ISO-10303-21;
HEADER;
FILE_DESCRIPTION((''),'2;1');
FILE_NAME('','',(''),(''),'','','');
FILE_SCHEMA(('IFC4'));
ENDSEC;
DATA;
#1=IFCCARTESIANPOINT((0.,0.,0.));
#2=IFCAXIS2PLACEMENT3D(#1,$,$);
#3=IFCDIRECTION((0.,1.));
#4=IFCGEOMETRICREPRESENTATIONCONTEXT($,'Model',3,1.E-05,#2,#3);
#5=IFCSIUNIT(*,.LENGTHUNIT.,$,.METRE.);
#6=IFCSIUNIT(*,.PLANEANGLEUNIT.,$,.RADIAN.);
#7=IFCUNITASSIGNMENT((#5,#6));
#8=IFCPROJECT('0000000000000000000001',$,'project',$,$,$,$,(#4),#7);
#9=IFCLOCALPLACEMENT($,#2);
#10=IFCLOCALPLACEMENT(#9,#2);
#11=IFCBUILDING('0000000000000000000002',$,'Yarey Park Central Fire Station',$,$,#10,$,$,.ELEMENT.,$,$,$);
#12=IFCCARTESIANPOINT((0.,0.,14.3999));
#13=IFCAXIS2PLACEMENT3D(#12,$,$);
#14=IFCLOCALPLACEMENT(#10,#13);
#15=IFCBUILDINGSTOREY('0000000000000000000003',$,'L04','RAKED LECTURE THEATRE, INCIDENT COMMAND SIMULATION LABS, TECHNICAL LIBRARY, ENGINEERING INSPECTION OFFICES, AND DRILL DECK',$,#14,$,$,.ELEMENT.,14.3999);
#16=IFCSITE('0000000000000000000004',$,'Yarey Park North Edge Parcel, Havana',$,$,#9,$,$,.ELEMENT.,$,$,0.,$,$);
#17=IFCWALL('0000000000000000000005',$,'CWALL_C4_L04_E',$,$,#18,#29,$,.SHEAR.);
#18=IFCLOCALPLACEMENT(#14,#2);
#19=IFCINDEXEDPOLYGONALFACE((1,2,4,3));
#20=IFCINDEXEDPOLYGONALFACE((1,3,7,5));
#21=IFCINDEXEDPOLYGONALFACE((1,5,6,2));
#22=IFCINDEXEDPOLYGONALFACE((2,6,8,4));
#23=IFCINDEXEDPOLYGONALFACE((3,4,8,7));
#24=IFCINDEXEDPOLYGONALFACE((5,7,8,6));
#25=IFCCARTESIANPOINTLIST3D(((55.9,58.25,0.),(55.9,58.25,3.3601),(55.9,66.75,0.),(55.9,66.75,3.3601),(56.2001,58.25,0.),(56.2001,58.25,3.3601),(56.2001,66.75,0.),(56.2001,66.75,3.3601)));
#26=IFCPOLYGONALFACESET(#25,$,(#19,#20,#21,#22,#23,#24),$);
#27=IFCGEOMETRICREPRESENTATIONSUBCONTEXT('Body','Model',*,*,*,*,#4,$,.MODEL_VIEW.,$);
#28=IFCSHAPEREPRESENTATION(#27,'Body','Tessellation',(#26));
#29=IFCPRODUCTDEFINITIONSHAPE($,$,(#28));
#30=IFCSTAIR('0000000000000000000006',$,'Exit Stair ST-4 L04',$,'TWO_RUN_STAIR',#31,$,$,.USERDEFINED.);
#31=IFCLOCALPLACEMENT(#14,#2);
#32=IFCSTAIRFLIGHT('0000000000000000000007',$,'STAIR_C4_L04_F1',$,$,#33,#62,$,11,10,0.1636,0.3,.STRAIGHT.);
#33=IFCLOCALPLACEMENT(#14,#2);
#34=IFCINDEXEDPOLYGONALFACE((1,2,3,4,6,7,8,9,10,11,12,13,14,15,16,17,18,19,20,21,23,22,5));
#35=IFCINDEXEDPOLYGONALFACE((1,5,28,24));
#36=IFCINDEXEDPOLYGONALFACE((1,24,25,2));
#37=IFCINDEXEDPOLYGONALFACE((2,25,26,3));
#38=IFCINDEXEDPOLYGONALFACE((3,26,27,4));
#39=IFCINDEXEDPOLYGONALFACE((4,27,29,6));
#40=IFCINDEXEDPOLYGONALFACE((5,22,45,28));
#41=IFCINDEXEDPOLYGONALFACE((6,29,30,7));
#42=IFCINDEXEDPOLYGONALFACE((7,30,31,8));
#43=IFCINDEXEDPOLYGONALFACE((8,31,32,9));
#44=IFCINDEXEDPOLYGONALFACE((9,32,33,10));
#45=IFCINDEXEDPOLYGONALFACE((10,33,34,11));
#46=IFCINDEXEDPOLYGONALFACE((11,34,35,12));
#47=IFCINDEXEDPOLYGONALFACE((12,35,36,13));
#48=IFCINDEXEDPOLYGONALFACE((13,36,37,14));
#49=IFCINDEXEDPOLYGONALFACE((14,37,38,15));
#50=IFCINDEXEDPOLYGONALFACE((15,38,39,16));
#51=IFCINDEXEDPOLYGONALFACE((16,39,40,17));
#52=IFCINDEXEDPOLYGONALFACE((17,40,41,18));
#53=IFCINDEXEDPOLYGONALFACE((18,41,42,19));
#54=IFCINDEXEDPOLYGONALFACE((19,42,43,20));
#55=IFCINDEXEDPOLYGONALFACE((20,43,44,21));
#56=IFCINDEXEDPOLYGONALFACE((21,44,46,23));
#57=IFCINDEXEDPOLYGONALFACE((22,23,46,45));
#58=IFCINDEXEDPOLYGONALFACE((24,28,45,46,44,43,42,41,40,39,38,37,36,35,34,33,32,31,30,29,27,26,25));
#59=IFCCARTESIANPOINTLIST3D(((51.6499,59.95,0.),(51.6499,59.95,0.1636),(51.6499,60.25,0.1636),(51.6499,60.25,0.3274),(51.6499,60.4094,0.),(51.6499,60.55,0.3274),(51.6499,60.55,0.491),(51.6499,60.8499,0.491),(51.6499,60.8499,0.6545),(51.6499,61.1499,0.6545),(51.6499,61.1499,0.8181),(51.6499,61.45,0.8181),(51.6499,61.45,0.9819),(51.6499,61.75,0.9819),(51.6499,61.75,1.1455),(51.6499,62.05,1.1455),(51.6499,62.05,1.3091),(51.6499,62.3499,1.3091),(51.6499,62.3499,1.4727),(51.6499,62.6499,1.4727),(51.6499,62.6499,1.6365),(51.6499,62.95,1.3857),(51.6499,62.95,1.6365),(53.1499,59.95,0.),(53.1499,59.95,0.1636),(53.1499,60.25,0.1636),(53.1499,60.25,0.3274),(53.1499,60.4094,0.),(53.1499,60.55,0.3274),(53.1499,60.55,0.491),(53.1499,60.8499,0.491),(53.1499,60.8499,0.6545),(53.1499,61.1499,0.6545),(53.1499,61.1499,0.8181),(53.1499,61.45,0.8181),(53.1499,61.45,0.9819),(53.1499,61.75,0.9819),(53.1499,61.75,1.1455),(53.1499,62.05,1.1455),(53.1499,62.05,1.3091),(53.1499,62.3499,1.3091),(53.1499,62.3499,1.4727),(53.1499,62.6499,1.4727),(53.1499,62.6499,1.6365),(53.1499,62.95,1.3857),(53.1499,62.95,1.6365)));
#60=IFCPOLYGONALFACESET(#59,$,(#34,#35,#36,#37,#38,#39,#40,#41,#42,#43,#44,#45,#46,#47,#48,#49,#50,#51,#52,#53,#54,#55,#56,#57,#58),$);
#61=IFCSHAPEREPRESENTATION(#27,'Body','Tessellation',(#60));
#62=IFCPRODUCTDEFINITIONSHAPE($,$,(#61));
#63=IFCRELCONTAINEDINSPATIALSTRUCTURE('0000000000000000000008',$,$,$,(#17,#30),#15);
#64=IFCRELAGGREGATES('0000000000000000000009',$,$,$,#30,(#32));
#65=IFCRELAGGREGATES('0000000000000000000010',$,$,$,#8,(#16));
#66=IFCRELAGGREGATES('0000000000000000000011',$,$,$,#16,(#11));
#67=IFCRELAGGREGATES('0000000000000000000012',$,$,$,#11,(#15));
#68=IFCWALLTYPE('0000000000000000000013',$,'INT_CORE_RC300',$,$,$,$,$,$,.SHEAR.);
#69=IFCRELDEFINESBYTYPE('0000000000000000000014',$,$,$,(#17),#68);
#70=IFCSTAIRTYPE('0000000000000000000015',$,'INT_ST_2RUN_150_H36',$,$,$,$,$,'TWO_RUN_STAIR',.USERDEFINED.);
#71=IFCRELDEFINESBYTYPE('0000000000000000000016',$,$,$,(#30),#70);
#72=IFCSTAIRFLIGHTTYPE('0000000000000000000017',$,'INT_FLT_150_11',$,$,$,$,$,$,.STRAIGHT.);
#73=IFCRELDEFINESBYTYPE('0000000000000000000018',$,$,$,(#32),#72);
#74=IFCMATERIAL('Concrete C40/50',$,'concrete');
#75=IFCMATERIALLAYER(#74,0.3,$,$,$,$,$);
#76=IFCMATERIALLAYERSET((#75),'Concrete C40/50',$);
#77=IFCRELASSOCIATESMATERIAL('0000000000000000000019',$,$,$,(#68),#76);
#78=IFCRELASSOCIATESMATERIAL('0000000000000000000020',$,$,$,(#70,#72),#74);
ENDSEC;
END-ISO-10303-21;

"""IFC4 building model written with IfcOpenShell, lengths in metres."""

from ifc_helpers import new_model, si_unit, direction, frame, frame_2d, origin, place, context, subcontext, project, spatial, polyline, rectangle, outline, extrude, material, layer, layer_set, type_object, element, aggregate, save


model = new_model("IFC4")

# Units and contexts
model_context = context("Model", 3, precision=1e-05, world=origin(), true_north=direction((0.0, 1.0)))
body_context = subcontext(model_context, "Body", "Model", "MODEL_VIEW")
ifc_project = project(units=[si_unit("LENGTHUNIT", "METRE"), si_unit("PLANEANGLEUNIT", "RADIAN")], contexts=[model_context])

# Site, building, storey
site_placement = place(None, origin())
site = spatial("IfcSite", under=ifc_project, at=site_placement, Name="Yarey Park North Edge Parcel, Havana", CompositionType="ELEMENT", RefElevation=0.0)
building_placement = place(site_placement, origin())
building = spatial("IfcBuilding", under=site, at=building_placement, Name="Yarey Park Central Fire Station", CompositionType="ELEMENT")
storey_placement = place(building_placement, frame((0.0, 0.0, 14.3999)))
storey = spatial("IfcBuildingStorey", under=building, at=storey_placement, Name="L04", Description="RAKED LECTURE THEATRE, INCIDENT COMMAND SIMULATION LABS, TECHNICAL LIBRARY, ENGINEERING INSPECTION OFFICES, AND DRILL DECK", CompositionType="ELEMENT", Elevation=14.3999)

# Wall
ifc_material_1 = material(Name="Concrete C40/50", Category="concrete")
ifc_layer = layer(ifc_material_1, 0.3)
ifc_layer_set = layer_set([ifc_layer], Name="Concrete C40/50")
wall_type = type_object("IfcWallType", Name="INT_CORE_RC300", PredefinedType="SHEAR", material=ifc_layer_set)
wall_placement = place(storey_placement, frame((56.05, 58.25, 0.0), z_axis=(0.0, 0.0, 1.0), x_axis=(0.0, 1.0, 0.0)))
element("IfcWall", 1, at=wall_placement, inside=storey, type_object=wall_type, Name="CWALL_C4_L04_E", PredefinedType="SHEAR", context=body_context, shape_type="SweptSolid", body=[
    extrude(rectangle(XDim=8.5, YDim=0.3, at=frame_2d((4.25, 0.0))), origin(), (0.0, 0.0, 1.0), 3.3601),
])

# Stair, stair flight
stair_type = type_object("IfcStairType", Name="INT_ST_2RUN_150_H36", ElementType="TWO_RUN_STAIR", PredefinedType="USERDEFINED", material=ifc_material_1)
stair_placement = place(storey_placement, origin())
stair = element("IfcStair", 2, at=stair_placement, inside=storey, type_object=stair_type, Name="Exit Stair ST-4 L04", ObjectType="TWO_RUN_STAIR", PredefinedType="USERDEFINED")
stair_flight_type = type_object("IfcStairFlightType", Name="INT_FLT_150_11", PredefinedType="STRAIGHT", material=ifc_material_1)
stair_flight_placement = place(storey_placement, frame((52.3999, 59.95, 0.0), z_axis=(0.0, 0.0, 1.0), x_axis=(0.0, 1.0, 0.0)))
stair_flight = element("IfcStairFlight", 3, at=stair_flight_placement, type_object=stair_flight_type, Name="STAIR_C4_L04_F1", NumberOfRisers=11, NumberOfTreads=10, PredefinedType="STRAIGHT", RiserHeight=0.1636, TreadLength=0.3, context=body_context, shape_type="SweptSolid", body=[
    extrude(outline(polyline([(0.0, 0.0), (0.0, 0.1636), (0.3, 0.1636), (0.3, 0.3274), (0.6001, 0.3274), (0.6001, 0.491), (0.8999, 0.491), (0.8999, 0.6545), (1.2, 0.6545), (1.2, 0.8181), (1.5, 0.8181), (1.5, 0.9819), (1.8, 0.9819), (1.8, 1.1455), (2.1001, 1.1455), (2.1001, 1.3091), (2.3999, 1.3091), (2.3999, 1.4727), (2.7, 1.4727), (2.7, 1.6365), (3.0, 1.6365), (3.0, 1.8), (3.0, 1.3857), (0.4595, 0.0), (0.0, 0.0)])), frame((0.0, 0.75, 0.0), z_axis=(0.0, -1.0, 0.0), x_axis=(1.0, 0.0, 0.0)), (0.0, 0.0, 1.0), 1.5),
])
aggregate(stair, [stair_flight])

save(model, "model.ifc")
